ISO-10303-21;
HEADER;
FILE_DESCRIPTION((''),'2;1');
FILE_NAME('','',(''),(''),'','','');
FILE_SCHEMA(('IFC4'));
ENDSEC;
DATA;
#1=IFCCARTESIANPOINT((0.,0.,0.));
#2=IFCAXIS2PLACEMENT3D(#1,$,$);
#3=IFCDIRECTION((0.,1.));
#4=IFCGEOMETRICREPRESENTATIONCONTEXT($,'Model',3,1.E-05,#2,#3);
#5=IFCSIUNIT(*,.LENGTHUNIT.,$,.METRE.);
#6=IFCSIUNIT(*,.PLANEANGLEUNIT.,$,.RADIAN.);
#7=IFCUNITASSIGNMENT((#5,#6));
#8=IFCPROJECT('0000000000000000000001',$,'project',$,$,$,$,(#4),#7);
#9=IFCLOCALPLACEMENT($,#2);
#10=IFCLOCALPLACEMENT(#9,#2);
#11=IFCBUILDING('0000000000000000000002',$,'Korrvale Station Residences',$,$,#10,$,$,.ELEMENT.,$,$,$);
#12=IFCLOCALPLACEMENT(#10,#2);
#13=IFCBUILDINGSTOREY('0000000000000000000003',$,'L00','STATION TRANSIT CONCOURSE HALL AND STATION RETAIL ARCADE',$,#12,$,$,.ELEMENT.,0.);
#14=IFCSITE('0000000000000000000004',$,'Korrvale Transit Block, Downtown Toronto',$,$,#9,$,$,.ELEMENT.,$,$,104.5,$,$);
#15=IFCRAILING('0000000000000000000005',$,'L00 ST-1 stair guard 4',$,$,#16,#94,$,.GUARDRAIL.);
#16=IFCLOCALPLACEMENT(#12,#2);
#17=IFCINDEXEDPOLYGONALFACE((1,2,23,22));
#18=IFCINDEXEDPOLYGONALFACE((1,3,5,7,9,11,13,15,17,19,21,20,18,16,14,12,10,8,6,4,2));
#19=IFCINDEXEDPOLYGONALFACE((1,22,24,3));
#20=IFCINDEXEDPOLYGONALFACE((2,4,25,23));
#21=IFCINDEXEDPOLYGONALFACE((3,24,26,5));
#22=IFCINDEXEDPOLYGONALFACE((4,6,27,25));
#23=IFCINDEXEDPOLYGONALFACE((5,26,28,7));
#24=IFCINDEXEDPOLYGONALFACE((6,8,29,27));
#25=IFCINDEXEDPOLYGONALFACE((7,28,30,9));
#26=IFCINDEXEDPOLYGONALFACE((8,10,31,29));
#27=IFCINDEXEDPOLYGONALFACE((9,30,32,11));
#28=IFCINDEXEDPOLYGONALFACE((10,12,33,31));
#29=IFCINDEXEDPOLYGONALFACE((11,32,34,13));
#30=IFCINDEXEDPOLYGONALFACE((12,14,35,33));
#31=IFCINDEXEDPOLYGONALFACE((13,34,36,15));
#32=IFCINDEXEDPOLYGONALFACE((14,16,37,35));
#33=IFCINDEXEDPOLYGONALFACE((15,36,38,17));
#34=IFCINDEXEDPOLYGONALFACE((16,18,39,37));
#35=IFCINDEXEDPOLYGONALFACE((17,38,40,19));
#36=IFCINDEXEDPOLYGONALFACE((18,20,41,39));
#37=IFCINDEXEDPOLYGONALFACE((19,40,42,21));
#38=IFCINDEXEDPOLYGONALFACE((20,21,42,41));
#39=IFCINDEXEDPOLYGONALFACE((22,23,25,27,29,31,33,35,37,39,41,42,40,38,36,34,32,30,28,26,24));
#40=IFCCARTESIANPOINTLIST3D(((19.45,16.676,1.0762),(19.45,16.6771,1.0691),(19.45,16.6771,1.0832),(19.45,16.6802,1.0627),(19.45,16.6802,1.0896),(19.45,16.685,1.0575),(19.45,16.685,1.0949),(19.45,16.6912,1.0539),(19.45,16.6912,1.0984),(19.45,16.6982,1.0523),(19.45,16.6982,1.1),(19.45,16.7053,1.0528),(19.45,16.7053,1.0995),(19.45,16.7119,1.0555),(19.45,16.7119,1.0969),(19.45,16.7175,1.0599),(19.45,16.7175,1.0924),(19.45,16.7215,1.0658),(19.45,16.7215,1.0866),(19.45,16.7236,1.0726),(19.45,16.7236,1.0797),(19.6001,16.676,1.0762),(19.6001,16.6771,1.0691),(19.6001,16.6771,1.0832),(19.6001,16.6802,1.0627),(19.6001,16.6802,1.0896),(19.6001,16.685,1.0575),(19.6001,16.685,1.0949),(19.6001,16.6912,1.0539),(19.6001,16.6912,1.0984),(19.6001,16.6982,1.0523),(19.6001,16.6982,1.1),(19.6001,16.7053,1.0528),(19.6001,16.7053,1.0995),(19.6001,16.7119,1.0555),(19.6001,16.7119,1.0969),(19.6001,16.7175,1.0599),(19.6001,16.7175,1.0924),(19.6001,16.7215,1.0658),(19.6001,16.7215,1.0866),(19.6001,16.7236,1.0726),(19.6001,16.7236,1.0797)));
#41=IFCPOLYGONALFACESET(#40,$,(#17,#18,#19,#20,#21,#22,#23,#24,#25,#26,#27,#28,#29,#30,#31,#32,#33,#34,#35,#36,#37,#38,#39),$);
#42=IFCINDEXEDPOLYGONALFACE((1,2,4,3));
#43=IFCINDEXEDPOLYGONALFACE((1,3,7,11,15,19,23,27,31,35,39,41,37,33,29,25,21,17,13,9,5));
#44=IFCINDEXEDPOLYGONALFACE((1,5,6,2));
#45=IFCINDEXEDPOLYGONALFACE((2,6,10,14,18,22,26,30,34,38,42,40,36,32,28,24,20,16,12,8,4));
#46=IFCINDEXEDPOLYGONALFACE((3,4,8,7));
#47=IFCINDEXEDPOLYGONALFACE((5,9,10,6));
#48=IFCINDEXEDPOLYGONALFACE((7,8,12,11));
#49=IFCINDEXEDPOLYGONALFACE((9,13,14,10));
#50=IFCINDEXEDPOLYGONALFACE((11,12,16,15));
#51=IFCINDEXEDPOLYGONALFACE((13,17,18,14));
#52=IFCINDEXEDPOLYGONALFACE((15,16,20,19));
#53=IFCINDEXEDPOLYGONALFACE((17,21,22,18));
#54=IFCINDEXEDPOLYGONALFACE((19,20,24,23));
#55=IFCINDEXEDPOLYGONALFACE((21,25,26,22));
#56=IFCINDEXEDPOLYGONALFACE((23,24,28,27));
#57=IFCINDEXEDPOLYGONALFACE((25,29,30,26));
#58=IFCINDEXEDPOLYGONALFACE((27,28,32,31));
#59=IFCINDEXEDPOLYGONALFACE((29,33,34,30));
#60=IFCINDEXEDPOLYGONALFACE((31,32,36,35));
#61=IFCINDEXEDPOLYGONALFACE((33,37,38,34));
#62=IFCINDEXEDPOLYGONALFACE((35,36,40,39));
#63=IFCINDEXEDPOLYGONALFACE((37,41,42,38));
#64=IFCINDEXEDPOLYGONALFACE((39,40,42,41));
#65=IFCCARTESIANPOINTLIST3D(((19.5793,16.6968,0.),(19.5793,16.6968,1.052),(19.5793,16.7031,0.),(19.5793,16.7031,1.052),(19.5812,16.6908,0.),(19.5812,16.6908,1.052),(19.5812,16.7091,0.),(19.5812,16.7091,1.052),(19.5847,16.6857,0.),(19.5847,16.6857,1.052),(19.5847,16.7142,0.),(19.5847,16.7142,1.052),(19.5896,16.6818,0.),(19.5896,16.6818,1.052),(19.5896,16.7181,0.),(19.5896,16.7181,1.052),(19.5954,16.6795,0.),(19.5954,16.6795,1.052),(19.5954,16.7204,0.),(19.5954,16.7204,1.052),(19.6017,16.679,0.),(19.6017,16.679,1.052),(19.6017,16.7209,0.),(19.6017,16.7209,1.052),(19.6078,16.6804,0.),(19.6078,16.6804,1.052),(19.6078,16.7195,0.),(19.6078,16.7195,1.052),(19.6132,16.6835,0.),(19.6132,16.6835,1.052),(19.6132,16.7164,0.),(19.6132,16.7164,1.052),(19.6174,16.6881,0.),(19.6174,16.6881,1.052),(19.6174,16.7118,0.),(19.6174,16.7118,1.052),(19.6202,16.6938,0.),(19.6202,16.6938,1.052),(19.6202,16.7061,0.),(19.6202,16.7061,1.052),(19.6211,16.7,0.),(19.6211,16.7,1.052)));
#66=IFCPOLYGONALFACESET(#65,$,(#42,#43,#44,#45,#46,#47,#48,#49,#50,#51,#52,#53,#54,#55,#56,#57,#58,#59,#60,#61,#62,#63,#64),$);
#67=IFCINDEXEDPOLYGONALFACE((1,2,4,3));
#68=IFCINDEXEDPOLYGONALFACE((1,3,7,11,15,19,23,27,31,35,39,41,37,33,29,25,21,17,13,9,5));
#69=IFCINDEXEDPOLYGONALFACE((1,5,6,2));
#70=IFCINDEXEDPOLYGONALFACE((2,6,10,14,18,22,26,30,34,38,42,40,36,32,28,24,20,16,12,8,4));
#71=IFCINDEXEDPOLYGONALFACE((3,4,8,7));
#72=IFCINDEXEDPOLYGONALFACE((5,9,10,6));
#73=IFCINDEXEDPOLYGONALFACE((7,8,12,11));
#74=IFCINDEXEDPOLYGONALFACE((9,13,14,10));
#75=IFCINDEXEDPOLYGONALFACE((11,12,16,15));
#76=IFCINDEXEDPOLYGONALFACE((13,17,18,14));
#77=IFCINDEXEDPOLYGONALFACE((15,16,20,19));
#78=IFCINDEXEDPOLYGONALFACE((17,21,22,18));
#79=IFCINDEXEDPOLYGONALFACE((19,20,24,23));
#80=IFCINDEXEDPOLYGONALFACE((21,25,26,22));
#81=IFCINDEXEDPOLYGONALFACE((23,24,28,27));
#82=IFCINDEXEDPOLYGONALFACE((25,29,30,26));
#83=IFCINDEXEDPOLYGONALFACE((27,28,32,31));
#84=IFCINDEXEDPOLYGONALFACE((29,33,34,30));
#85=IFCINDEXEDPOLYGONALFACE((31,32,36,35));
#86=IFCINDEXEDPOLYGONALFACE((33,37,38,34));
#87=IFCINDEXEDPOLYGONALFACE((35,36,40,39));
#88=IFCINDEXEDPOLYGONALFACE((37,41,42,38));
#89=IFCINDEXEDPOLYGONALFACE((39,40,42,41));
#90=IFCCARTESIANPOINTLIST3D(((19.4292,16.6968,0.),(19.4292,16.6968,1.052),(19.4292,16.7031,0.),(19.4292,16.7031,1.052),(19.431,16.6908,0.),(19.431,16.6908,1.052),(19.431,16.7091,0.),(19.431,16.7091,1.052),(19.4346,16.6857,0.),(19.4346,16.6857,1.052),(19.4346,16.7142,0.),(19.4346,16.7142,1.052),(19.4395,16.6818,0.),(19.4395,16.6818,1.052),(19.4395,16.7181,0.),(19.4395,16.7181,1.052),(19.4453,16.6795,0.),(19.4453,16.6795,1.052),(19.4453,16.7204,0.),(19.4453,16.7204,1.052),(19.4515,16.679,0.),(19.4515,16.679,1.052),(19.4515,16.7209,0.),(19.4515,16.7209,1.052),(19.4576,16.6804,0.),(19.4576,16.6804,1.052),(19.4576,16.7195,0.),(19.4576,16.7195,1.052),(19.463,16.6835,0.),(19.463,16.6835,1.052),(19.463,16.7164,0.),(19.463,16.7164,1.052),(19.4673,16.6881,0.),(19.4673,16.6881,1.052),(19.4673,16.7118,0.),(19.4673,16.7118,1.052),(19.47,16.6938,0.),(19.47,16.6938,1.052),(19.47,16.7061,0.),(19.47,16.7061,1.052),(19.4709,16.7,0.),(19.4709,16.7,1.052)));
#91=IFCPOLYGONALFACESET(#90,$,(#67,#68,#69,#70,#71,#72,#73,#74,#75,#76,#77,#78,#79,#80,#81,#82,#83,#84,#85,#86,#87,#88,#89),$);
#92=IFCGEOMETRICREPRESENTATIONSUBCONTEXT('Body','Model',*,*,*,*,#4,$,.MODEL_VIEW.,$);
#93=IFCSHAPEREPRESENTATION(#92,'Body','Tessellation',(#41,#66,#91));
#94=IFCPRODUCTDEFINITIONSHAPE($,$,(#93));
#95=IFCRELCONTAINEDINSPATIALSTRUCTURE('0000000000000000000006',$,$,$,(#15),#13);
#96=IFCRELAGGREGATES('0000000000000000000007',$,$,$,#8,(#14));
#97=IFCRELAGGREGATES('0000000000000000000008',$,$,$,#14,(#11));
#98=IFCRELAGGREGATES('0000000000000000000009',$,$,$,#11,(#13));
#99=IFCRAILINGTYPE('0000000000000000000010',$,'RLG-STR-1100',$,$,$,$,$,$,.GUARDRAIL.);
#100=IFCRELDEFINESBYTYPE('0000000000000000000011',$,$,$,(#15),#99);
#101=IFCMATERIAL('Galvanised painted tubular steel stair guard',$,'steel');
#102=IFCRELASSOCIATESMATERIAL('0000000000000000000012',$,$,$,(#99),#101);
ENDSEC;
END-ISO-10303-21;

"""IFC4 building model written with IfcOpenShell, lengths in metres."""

from ifc_helpers import new_model, si_unit, direction, frame, origin, origin_2d, place, context, subcontext, project, spatial, circle, extrude, material, type_object, element, save


model = new_model("IFC4")

# Units and contexts
model_context = context("Model", 3, precision=1e-05, world=origin(), true_north=direction((0.0, 1.0)))
body_context = subcontext(model_context, "Body", "Model", "MODEL_VIEW")
ifc_project = project(units=[si_unit("LENGTHUNIT", "METRE"), si_unit("PLANEANGLEUNIT", "RADIAN")], contexts=[model_context])

# Site, building, storey
site_placement = place(None, origin())
site = spatial("IfcSite", under=ifc_project, at=site_placement, Name="Korrvale Transit Block, Downtown Toronto", CompositionType="ELEMENT", RefElevation=104.5)
building_placement = place(site_placement, origin())
building = spatial("IfcBuilding", under=site, at=building_placement, Name="Korrvale Station Residences", CompositionType="ELEMENT")
storey_placement = place(building_placement, origin())
storey = spatial("IfcBuildingStorey", under=building, at=storey_placement, Name="L00", Description="STATION TRANSIT CONCOURSE HALL AND STATION RETAIL ARCADE", CompositionType="ELEMENT", Elevation=0.0)

# Railing
ifc_material_1 = material(Name="Galvanised painted tubular steel stair guard", Category="steel")
railing_type_1 = type_object("IfcRailingType", Name="RLG-STR-1100", PredefinedType="GUARDRAIL", material=ifc_material_1)
railing_1_placement = place(storey_placement, frame((19.6001, 16.7, 0.0)))
element("IfcRailing", 1, at=railing_1_placement, inside=storey, type_object=railing_type_1, Name="L00 ST-1 stair guard 4", PredefinedType="GUARDRAIL", context=body_context, shape_type="SweptSolid", body=[
    extrude(circle(Radius=0.0239, at=origin_2d()), frame((0.0, 0.0, 1.0762), z_axis=(-1.0, 0.0, 0.0), x_axis=(0.0, -1.0, 0.0)), (0.0, 0.0, 1.0), 0.1501),
    extrude(circle(Radius=0.021, at=origin_2d()), origin(), (0.0, 0.0, 1.0), 1.052),
    extrude(circle(Radius=0.021, at=origin_2d()), frame((-0.1501, 0.0, 0.0)), (0.0, 0.0, 1.0), 1.052),
])

save(model, "model.ifc")
